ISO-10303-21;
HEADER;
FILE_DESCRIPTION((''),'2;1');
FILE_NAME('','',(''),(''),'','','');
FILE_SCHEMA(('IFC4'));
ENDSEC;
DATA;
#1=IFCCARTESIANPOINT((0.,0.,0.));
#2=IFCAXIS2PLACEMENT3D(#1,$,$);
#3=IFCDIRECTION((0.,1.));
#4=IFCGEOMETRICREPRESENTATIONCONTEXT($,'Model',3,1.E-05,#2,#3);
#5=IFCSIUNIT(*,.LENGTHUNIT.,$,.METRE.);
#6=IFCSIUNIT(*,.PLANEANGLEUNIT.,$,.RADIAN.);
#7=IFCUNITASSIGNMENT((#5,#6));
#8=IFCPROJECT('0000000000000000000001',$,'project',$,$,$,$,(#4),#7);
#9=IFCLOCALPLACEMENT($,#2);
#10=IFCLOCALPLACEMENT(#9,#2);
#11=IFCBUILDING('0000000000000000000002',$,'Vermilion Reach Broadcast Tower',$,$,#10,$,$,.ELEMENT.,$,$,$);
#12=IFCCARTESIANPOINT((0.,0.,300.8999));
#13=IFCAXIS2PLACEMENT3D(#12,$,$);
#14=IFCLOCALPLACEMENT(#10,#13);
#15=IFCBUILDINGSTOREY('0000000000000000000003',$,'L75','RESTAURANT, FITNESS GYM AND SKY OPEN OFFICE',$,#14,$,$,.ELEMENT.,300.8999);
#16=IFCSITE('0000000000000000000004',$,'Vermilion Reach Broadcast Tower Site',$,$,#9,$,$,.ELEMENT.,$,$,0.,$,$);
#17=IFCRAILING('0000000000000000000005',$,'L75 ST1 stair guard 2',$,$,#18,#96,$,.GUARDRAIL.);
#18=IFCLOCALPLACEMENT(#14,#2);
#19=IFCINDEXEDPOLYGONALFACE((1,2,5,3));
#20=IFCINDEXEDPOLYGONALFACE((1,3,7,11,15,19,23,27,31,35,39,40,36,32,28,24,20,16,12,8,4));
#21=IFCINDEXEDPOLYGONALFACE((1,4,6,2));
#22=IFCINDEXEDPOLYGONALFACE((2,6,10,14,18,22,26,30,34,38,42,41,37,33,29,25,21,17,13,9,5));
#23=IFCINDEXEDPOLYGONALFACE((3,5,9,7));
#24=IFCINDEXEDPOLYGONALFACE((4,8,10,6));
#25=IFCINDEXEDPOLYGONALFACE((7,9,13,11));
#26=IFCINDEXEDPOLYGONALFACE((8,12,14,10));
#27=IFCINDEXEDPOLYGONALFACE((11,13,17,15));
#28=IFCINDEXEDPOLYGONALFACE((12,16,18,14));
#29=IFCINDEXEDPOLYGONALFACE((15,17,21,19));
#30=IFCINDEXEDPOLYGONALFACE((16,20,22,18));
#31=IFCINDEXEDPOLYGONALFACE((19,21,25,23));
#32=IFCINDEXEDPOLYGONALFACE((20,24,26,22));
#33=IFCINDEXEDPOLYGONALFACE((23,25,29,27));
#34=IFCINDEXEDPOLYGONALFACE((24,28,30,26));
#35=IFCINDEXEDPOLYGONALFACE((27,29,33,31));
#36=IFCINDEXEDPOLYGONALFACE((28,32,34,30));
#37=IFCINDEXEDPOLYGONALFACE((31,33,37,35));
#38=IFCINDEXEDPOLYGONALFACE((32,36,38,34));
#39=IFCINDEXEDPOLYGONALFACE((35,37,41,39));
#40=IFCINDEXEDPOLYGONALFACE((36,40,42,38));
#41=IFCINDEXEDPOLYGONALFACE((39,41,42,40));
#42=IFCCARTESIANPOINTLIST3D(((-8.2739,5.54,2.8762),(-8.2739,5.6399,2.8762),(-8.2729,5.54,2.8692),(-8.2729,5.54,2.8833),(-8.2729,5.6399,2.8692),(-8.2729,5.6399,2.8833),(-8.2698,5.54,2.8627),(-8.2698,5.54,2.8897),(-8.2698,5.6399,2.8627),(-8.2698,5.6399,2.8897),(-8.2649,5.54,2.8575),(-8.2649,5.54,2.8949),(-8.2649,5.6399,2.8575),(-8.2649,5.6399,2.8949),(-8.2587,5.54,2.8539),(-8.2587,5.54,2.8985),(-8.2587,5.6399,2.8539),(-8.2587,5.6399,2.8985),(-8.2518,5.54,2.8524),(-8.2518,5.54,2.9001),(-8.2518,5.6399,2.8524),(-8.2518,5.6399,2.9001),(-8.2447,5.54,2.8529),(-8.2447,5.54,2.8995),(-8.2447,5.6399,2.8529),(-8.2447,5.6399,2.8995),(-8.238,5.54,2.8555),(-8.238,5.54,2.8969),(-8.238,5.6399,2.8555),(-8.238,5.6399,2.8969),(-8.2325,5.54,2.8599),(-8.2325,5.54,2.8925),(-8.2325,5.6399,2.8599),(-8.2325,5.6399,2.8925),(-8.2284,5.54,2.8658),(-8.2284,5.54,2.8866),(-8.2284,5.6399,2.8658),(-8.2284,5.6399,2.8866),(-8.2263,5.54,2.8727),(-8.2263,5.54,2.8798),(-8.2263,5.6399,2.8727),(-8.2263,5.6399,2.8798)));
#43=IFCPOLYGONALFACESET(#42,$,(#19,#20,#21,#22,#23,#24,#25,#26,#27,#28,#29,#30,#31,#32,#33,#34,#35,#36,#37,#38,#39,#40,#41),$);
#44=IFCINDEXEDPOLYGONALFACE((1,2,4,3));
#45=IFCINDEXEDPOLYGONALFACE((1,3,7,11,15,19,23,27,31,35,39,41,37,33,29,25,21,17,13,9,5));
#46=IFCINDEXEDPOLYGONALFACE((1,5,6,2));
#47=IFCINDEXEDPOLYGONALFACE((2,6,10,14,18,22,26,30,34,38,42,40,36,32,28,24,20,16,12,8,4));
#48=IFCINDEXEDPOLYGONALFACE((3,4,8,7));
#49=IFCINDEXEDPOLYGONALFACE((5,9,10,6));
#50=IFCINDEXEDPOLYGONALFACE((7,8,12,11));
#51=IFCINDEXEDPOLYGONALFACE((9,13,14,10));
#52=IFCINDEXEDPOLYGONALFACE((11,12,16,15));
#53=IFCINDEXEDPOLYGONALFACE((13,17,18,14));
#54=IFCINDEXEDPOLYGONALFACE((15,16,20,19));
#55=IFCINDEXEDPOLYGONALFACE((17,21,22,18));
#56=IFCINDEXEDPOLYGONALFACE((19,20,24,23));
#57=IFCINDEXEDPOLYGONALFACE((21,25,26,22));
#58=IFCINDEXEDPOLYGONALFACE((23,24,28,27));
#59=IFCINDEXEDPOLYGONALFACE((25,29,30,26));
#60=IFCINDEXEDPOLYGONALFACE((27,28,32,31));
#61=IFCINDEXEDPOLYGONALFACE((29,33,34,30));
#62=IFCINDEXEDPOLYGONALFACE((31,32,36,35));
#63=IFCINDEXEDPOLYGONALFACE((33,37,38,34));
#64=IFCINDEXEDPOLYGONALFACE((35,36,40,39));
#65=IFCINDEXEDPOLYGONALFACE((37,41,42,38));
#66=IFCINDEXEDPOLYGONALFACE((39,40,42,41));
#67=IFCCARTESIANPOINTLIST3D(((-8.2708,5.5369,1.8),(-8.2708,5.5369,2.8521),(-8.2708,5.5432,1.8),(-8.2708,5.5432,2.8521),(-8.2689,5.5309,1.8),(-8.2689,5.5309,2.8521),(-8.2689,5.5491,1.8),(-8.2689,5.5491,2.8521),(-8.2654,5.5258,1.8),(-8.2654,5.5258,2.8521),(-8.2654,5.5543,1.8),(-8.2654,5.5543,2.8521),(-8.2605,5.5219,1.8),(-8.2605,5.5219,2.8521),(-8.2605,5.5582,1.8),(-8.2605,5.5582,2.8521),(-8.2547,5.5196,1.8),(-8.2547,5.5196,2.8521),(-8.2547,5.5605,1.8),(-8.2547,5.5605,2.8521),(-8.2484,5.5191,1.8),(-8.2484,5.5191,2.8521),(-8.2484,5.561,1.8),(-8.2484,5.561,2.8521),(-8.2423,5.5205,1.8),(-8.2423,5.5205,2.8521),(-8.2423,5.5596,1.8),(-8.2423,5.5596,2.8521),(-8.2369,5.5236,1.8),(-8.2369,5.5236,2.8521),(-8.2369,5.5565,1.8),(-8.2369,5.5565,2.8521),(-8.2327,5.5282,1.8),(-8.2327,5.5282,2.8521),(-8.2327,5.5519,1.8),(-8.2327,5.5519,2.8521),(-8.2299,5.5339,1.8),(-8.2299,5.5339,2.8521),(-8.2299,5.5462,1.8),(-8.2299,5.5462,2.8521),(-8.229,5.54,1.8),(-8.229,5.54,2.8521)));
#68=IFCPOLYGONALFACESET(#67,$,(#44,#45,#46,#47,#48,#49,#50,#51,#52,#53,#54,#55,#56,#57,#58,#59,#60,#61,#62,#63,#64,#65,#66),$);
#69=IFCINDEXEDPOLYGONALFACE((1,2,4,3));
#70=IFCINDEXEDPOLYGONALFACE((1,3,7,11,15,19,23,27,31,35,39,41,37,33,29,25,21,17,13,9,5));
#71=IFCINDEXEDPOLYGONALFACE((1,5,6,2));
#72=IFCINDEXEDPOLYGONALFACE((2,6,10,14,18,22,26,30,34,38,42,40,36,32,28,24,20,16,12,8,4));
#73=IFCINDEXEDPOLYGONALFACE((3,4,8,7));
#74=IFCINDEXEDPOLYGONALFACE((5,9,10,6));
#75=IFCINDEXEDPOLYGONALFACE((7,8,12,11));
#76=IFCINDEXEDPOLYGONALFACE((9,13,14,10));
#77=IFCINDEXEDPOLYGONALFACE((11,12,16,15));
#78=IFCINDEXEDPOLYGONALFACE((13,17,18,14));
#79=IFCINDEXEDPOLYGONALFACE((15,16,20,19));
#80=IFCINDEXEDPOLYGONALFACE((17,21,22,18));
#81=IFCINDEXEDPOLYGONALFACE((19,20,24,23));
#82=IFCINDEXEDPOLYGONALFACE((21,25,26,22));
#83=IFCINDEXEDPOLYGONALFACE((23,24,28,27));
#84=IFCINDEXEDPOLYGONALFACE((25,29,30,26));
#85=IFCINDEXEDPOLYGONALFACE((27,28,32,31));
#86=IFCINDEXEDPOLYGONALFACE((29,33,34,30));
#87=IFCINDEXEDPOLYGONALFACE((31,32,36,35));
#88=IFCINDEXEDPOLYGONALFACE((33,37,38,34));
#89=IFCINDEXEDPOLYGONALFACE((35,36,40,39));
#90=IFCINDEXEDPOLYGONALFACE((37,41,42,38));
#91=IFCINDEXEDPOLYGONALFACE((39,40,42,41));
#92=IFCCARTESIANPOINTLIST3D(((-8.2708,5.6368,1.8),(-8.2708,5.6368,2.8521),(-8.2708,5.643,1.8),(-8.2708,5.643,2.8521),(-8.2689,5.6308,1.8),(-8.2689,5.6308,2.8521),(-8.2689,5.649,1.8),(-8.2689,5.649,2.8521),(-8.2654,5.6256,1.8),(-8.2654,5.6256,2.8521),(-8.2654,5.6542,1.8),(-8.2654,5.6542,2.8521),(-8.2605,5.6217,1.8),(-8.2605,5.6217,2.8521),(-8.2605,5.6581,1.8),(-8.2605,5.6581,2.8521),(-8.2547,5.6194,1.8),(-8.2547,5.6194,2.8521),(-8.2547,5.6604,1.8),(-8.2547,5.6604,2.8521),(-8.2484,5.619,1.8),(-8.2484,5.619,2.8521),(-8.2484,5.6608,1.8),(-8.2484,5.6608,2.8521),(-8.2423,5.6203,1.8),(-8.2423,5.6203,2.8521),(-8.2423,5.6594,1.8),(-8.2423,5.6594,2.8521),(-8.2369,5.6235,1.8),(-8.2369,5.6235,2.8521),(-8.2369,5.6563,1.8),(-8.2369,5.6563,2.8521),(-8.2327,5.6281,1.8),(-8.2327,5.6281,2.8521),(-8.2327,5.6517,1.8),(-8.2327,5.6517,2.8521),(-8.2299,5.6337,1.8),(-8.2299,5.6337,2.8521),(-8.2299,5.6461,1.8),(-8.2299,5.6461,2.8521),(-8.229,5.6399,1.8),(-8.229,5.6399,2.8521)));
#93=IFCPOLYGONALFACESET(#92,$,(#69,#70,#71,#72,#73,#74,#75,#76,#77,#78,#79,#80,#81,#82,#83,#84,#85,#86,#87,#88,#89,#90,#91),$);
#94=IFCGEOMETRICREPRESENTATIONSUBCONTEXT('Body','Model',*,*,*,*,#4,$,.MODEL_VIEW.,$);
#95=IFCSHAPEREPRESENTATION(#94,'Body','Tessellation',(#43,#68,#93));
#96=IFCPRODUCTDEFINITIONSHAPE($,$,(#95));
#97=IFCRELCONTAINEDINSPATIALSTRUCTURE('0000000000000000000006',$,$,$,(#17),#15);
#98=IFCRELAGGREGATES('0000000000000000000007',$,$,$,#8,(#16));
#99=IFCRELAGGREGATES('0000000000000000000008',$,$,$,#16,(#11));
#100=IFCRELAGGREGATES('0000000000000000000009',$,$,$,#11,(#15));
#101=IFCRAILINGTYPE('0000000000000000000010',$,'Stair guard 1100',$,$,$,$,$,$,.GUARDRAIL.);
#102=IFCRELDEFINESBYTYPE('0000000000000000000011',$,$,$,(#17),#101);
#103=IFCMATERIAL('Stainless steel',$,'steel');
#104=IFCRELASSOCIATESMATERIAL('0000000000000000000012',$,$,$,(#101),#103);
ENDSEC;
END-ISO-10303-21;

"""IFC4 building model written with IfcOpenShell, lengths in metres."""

from ifc_helpers import new_model, si_unit, direction, frame, origin, origin_2d, place, context, subcontext, project, spatial, circle, extrude, material, type_object, element, save


model = new_model("IFC4")

# Units and contexts
model_context = context("Model", 3, precision=1e-05, world=origin(), true_north=direction((0.0, 1.0)))
body_context = subcontext(model_context, "Body", "Model", "MODEL_VIEW")
ifc_project = project(units=[si_unit("LENGTHUNIT", "METRE"), si_unit("PLANEANGLEUNIT", "RADIAN")], contexts=[model_context])

# Site, building, storey
site_placement = place(None, origin())
site = spatial("IfcSite", under=ifc_project, at=site_placement, Name="Vermilion Reach Broadcast Tower Site", CompositionType="ELEMENT", RefElevation=0.0)
building_placement = place(site_placement, origin())
building = spatial("IfcBuilding", under=site, at=building_placement, Name="Vermilion Reach Broadcast Tower", CompositionType="ELEMENT")
storey_placement = place(building_placement, frame((0.0, 0.0, 300.8999)))
storey = spatial("IfcBuildingStorey", under=building, at=storey_placement, Name="L75", Description="RESTAURANT, FITNESS GYM AND SKY OPEN OFFICE", CompositionType="ELEMENT", Elevation=300.8999)

# Railing
ifc_material_1 = material(Name="Stainless steel", Category="steel")
railing_type_1 = type_object("IfcRailingType", Name="Stair guard 1100", PredefinedType="GUARDRAIL", material=ifc_material_1)
railing_1_placement = place(storey_placement, frame((-8.25, 5.54, 1.8)))
element("IfcRailing", 1, at=railing_1_placement, inside=storey, type_object=railing_type_1, Name="L75 ST1 stair guard 2", PredefinedType="GUARDRAIL", context=body_context, shape_type="SweptSolid", body=[
    extrude(circle(Radius=0.0239, at=origin_2d()), frame((0.0, 0.0, 1.0762), z_axis=(0.0, 1.0, 0.0), x_axis=(-1.0, 0.0, 0.0)), (0.0, 0.0, 1.0), 0.0999),
    extrude(circle(Radius=0.021, at=origin_2d()), origin(), (0.0, 0.0, 1.0), 1.052),
    extrude(circle(Radius=0.021, at=origin_2d()), frame((0.0, 0.0999, 0.0)), (0.0, 0.0, 1.0), 1.052),
])

save(model, "model.ifc")
